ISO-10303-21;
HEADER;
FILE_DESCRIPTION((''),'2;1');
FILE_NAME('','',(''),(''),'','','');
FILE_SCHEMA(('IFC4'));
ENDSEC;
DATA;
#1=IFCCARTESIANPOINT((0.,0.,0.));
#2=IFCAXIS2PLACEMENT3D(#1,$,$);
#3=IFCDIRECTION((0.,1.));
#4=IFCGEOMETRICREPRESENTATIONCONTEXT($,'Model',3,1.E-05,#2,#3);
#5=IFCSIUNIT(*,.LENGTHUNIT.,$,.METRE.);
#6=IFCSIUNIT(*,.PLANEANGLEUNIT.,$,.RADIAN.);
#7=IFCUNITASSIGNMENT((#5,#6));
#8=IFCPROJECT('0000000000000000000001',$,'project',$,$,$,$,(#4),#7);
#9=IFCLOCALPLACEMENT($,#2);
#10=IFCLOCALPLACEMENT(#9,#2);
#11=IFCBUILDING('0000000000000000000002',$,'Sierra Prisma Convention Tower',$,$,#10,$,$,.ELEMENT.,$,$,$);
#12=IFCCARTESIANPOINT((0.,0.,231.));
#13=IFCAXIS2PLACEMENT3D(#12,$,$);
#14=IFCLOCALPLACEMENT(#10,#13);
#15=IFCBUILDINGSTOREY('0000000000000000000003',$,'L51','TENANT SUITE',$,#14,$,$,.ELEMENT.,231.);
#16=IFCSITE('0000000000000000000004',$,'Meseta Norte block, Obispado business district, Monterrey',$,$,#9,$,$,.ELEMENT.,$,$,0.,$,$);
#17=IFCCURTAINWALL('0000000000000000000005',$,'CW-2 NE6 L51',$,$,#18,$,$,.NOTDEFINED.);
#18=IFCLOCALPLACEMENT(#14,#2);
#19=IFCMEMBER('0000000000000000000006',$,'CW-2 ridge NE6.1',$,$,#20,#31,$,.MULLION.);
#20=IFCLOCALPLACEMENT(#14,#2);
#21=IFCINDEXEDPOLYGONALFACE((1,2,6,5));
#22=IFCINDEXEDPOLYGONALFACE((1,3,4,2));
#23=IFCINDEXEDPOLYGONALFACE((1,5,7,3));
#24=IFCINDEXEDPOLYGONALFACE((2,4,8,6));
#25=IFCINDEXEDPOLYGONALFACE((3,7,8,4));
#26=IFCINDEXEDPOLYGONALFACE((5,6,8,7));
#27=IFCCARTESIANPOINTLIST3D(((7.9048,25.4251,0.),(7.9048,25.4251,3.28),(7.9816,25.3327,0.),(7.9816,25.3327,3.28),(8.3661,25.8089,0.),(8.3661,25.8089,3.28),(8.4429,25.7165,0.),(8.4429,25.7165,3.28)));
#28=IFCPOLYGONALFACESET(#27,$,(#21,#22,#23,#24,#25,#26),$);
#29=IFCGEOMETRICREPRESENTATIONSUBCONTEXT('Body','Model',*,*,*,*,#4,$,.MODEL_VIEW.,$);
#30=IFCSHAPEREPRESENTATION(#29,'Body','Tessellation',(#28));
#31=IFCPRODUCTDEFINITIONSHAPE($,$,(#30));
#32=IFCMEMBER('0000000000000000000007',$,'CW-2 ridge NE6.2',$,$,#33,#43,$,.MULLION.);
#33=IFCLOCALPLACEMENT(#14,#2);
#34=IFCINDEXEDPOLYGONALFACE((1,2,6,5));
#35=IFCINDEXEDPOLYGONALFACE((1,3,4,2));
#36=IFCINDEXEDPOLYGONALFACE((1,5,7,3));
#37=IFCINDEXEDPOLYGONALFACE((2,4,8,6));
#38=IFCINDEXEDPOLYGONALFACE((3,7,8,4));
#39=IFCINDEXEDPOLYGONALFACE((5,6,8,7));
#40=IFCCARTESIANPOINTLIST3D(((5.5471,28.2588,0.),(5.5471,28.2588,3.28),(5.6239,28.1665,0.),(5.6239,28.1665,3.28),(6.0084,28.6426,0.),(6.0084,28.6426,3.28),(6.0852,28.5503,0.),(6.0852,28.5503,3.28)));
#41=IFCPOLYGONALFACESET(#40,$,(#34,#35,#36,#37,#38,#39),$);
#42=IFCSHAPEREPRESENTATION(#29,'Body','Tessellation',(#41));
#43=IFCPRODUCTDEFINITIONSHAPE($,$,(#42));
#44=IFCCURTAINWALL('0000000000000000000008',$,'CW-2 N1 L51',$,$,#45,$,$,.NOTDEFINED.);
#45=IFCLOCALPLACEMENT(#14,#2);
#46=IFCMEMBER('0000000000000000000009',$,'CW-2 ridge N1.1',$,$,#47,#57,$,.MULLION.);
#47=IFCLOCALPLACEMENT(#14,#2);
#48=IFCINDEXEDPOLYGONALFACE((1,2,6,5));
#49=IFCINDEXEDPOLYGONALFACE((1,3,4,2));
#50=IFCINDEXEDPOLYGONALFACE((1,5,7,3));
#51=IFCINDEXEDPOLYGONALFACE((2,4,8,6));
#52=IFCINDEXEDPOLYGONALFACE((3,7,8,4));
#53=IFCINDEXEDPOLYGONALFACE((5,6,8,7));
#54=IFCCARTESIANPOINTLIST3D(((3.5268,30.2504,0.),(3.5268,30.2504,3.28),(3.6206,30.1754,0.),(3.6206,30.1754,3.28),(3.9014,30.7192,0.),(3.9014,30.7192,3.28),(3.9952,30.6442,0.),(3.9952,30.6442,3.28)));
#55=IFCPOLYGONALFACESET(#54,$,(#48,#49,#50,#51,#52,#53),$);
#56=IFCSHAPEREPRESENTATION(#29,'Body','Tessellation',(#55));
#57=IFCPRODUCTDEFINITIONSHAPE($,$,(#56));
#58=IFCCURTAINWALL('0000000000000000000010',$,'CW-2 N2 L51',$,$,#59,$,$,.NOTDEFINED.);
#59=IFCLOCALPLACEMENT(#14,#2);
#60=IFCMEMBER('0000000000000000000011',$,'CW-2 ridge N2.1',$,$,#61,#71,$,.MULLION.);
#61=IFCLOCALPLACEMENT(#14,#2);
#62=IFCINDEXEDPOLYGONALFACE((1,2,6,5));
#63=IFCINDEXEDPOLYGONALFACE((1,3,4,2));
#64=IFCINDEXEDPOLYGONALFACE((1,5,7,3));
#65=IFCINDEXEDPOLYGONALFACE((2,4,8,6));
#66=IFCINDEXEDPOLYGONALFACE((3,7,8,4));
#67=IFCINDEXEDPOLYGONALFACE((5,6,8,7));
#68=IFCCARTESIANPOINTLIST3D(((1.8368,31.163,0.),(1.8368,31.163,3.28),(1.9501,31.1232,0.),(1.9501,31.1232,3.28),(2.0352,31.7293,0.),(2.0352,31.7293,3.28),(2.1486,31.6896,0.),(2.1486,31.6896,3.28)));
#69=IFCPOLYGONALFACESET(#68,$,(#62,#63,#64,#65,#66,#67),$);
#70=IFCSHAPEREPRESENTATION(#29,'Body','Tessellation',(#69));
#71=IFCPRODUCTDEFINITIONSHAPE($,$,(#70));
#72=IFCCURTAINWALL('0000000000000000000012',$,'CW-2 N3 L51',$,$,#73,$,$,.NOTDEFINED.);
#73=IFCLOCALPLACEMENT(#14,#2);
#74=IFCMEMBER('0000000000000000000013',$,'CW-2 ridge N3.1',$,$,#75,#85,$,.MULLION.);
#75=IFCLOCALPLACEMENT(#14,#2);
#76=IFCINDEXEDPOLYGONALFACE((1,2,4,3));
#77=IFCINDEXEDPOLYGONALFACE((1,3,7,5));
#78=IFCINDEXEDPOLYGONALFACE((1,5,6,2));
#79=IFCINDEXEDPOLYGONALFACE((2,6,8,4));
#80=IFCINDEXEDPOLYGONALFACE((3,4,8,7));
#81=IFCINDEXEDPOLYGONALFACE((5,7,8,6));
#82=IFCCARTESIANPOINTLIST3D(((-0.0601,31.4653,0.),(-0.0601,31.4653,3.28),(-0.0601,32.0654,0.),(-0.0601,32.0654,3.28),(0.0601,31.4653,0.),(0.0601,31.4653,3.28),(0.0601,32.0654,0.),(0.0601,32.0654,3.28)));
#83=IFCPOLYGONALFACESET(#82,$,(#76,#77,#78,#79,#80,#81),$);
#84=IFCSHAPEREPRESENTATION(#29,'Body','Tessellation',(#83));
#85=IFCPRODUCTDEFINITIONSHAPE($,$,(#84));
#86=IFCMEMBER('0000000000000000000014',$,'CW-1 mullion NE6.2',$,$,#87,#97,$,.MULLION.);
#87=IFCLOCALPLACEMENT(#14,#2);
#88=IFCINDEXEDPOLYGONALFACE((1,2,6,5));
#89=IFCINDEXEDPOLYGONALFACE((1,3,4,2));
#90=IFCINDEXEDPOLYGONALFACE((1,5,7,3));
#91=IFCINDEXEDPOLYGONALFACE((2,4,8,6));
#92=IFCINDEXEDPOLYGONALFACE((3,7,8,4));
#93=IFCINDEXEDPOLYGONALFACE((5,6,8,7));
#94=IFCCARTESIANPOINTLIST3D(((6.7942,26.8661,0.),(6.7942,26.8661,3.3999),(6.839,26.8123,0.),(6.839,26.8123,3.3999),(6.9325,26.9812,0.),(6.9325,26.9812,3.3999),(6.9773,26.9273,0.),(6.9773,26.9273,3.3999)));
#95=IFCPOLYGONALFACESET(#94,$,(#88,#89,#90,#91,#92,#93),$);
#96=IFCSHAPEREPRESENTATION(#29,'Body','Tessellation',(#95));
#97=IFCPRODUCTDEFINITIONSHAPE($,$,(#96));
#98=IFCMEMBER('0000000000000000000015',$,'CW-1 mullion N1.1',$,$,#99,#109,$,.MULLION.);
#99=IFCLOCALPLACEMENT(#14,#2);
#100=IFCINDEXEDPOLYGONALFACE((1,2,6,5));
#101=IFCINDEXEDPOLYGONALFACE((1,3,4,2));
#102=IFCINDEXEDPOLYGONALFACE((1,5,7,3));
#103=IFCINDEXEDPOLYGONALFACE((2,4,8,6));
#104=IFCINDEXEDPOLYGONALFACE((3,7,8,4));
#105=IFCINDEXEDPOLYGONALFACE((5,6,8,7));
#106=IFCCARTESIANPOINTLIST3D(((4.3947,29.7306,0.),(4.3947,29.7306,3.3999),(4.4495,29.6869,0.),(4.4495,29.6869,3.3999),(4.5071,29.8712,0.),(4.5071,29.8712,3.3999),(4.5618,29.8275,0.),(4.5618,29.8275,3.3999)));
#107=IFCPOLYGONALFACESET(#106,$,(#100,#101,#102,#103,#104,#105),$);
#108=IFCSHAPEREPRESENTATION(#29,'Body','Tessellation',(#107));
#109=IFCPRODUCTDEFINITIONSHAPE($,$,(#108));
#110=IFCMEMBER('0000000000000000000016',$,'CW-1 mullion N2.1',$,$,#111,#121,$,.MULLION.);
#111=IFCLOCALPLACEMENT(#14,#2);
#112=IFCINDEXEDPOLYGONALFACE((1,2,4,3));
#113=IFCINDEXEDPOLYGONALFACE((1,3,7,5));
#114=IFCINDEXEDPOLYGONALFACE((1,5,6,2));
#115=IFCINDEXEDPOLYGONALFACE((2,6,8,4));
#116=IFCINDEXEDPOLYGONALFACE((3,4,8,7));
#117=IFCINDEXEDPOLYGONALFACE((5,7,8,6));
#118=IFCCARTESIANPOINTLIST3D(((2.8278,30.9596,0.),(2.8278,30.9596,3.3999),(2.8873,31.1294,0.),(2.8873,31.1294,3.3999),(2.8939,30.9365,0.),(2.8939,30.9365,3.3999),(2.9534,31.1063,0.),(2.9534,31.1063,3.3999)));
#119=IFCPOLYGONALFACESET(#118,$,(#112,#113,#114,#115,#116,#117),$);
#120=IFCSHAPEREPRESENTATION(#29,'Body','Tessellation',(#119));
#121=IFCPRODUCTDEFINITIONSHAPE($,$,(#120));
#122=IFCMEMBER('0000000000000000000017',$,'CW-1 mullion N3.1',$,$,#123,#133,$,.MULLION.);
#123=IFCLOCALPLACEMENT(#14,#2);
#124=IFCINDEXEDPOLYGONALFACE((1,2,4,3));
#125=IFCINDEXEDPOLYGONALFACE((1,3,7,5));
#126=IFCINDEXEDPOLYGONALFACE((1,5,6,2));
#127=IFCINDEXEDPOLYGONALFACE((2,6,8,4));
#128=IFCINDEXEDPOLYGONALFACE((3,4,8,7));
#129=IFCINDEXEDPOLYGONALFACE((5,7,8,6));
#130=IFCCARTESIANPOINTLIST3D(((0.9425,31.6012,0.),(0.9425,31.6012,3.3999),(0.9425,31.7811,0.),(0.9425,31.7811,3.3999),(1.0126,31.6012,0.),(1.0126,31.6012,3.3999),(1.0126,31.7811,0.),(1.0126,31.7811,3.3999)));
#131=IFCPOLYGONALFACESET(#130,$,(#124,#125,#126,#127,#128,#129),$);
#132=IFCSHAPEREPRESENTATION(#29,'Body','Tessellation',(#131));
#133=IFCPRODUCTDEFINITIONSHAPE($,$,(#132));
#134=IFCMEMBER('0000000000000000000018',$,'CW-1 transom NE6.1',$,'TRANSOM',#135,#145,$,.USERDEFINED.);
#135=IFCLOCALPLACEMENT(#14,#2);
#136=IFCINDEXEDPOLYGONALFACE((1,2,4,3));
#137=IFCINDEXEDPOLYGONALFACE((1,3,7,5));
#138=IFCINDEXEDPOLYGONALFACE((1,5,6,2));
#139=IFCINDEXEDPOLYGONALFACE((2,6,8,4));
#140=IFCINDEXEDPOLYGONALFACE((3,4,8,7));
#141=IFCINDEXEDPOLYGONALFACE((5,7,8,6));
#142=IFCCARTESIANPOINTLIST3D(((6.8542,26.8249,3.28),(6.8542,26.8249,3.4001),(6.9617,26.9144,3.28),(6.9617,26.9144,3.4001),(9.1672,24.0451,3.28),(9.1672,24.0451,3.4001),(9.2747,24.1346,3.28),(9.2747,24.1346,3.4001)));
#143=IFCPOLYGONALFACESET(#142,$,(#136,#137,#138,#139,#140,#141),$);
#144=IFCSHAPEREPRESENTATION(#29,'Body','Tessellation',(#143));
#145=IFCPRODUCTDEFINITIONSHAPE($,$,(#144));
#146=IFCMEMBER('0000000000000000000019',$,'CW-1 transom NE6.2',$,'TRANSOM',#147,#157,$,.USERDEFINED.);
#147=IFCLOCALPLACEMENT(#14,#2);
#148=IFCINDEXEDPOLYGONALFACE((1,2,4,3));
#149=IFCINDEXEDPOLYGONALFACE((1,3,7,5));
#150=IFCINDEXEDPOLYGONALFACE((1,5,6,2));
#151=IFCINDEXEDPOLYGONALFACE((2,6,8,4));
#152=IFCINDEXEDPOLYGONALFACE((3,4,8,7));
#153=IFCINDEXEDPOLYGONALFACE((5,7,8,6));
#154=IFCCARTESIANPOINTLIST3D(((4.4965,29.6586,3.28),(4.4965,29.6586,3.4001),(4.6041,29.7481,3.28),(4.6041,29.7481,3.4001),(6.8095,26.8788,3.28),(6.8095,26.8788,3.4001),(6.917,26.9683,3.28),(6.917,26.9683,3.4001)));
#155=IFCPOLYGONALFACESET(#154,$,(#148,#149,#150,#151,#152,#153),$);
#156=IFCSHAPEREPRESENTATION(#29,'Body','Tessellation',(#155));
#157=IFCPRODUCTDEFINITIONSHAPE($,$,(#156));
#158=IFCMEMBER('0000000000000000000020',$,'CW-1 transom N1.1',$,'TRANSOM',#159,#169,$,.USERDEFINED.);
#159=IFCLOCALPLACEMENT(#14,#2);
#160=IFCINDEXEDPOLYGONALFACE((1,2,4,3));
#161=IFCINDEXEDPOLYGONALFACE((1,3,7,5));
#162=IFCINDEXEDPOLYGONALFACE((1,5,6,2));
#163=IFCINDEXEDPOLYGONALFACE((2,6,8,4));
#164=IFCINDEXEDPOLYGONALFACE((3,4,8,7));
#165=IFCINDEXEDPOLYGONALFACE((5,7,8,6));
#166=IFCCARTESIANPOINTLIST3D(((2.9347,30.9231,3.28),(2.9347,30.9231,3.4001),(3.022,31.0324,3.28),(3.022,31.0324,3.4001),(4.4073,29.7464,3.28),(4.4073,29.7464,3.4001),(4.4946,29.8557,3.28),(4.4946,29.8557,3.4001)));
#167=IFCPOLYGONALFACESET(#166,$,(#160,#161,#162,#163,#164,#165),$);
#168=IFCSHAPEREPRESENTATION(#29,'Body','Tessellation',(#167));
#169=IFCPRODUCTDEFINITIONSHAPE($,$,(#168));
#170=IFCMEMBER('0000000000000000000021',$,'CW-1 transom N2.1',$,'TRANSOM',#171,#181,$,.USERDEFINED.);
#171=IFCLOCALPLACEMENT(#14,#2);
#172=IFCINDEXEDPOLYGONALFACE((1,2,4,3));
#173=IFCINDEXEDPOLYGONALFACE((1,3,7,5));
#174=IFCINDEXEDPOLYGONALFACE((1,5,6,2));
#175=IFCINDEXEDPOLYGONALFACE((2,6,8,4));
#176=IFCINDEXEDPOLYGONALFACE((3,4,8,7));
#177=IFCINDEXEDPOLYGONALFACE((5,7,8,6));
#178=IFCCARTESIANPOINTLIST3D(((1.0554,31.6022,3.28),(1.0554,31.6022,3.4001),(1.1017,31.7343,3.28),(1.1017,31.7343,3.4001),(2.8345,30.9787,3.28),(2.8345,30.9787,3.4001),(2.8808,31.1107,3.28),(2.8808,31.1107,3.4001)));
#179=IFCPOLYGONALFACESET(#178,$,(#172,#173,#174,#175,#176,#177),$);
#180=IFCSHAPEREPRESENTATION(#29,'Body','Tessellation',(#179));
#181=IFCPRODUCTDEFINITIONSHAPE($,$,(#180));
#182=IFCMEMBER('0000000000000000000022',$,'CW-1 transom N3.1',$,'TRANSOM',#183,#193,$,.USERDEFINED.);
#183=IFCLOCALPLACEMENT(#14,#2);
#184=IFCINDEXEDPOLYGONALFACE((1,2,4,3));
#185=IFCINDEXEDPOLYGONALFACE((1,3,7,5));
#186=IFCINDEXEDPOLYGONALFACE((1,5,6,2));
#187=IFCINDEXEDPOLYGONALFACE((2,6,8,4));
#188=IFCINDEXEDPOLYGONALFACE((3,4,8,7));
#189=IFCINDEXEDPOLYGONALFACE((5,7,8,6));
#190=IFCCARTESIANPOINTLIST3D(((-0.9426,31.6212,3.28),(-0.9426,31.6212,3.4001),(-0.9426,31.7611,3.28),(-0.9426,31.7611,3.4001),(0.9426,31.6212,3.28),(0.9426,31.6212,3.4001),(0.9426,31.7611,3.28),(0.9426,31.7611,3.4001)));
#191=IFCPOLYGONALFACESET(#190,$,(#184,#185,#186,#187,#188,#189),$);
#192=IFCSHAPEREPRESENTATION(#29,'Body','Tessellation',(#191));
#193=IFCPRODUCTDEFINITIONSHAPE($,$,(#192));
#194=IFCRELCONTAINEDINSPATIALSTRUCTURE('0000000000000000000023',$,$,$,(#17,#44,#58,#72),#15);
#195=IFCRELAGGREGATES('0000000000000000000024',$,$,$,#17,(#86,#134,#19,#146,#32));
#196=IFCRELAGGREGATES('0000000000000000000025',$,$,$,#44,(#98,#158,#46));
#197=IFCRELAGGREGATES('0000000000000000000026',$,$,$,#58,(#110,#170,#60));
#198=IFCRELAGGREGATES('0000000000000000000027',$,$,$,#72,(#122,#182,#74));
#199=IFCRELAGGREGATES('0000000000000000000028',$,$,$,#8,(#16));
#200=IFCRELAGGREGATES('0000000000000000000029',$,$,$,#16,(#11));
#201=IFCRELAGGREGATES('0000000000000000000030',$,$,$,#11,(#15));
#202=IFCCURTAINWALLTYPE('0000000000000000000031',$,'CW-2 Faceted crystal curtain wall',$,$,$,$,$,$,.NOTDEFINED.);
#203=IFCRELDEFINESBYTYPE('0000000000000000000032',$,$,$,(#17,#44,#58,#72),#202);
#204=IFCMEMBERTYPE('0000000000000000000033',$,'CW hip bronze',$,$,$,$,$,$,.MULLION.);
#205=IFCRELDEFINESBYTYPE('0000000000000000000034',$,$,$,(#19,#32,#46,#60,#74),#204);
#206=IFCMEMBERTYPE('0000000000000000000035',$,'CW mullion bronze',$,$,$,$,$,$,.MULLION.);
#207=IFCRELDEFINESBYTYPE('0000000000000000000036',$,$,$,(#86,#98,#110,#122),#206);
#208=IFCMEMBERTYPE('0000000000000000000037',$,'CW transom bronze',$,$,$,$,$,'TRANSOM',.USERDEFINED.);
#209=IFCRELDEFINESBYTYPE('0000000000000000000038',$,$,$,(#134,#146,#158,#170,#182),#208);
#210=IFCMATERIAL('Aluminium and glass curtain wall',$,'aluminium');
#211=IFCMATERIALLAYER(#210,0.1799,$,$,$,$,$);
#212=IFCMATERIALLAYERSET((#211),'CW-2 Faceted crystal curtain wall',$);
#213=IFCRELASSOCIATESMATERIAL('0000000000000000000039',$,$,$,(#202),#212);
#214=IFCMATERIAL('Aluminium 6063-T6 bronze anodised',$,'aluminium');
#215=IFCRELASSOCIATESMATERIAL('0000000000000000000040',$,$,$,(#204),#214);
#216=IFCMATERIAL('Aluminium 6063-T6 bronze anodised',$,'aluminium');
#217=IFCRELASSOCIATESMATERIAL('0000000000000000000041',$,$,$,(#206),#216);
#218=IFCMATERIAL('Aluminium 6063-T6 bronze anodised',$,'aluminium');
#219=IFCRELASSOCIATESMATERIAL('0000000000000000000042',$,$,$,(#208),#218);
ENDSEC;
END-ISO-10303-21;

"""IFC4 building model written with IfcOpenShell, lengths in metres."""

from ifc_helpers import new_model, si_unit, direction, frame, origin, origin_2d, place, context, subcontext, project, spatial, rectangle, extrude, material, layer, layer_set, material_profile, profile_set, type_object, element, aggregate, save


model = new_model("IFC4")

# Units and contexts
model_context = context("Model", 3, precision=1e-05, world=origin(), true_north=direction((0.0, 1.0)))
body_context = subcontext(model_context, "Body", "Model", "MODEL_VIEW")
ifc_project = project(units=[si_unit("LENGTHUNIT", "METRE"), si_unit("PLANEANGLEUNIT", "RADIAN")], contexts=[model_context])

# Site, building, storey
site_placement = place(None, origin())
site = spatial("IfcSite", under=ifc_project, at=site_placement, Name="Meseta Norte block, Obispado business district, Monterrey", CompositionType="ELEMENT", RefElevation=0.0)
building_placement = place(site_placement, origin())
building = spatial("IfcBuilding", under=site, at=building_placement, Name="Sierra Prisma Convention Tower", CompositionType="ELEMENT")
storey_placement = place(building_placement, frame((0.0, 0.0, 231.0)))
storey = spatial("IfcBuildingStorey", under=building, at=storey_placement, Name="L51", Description="TENANT SUITE", CompositionType="ELEMENT", Elevation=231.0)

# Curtain wall, members
ifc_material_1 = material(Name="Aluminium and glass curtain wall", Category="aluminium")
ifc_layer_1 = layer(ifc_material_1, 0.1799)
ifc_layer_set_1 = layer_set([ifc_layer_1], Name="CW-2 Faceted crystal curtain wall")
curtain_wall_type = type_object("IfcCurtainWallType", Name="CW-2 Faceted crystal curtain wall", PredefinedType="NOTDEFINED", material=ifc_layer_set_1)
curtain_wall_1_placement = place(storey_placement, origin())
curtain_wall_1 = element("IfcCurtainWall", 1, at=curtain_wall_1_placement, inside=storey, type_object=curtain_wall_type, Name="CW-2 NE6 L51", PredefinedType="NOTDEFINED")
ifc_material_2 = material(Name="Aluminium 6063-T6 bronze anodised", Category="aluminium")
ifc_material_profile_1 = material_profile(ifc_material_2, rectangle(XDim=0.1201, YDim=0.6001, at=origin_2d()), Name="ALU RIDGE BLADE 120x600")
ifc_profile_set_1 = profile_set([ifc_material_profile_1], Name="Aluminium 6063-T6 bronze anodised")
member_type_1 = type_object("IfcMemberType", Name="CW hip bronze", PredefinedType="MULLION", material=ifc_profile_set_1)
member_1_placement = place(storey_placement, frame((8.1738, 25.5708, 0.0), z_axis=(0.0, 0.0, 1.0), x_axis=(-0.639585, 0.76872, 0.0)))
member_1 = element("IfcMember", 2, at=member_1_placement, type_object=member_type_1, Name="CW-2 ridge NE6.1", PredefinedType="MULLION", context=body_context, shape_type="SweptSolid", body=[
    extrude(rectangle(XDim=0.1201, YDim=0.6001, at=origin_2d()), origin(), (0.0, 0.0, 1.0), 3.28),
])
member_2_placement = place(storey_placement, frame((5.8162, 28.4045, 0.0), z_axis=(0.0, 0.0, 1.0), x_axis=(-0.639585, 0.76872, 0.0)))
member_2 = element("IfcMember", 3, at=member_2_placement, type_object=member_type_1, Name="CW-2 ridge NE6.2", PredefinedType="MULLION", context=body_context, shape_type="SweptSolid", body=[
    extrude(rectangle(XDim=0.1201, YDim=0.6001, at=origin_2d()), origin(), (0.0, 0.0, 1.0), 3.28),
])

# Curtain walls, members
curtain_wall_2_placement = place(storey_placement, origin())
curtain_wall_2 = element("IfcCurtainWall", 4, at=curtain_wall_2_placement, inside=storey, type_object=curtain_wall_type, Name="CW-2 N1 L51", PredefinedType="NOTDEFINED")
member_3_placement = place(storey_placement, frame((3.761, 30.4473, 0.0), z_axis=(0.0, 0.0, 1.0), x_axis=(-0.781199, 0.624283, 0.0)))
member_3 = element("IfcMember", 5, at=member_3_placement, type_object=member_type_1, Name="CW-2 ridge N1.1", PredefinedType="MULLION", context=body_context, shape_type="SweptSolid", body=[
    extrude(rectangle(XDim=0.1201, YDim=0.6001, at=origin_2d()), origin(), (0.0, 0.0, 1.0), 3.28),
])
curtain_wall_3_placement = place(storey_placement, origin())
curtain_wall_3 = element("IfcCurtainWall", 6, at=curtain_wall_3_placement, inside=storey, type_object=curtain_wall_type, Name="CW-2 N2 L51", PredefinedType="NOTDEFINED")
member_4_placement = place(storey_placement, frame((1.9927, 31.4263, 0.0), z_axis=(0.0, 0.0, 1.0), x_axis=(-0.943716, 0.330758, 0.0)))
member_4 = element("IfcMember", 7, at=member_4_placement, type_object=member_type_1, Name="CW-2 ridge N2.1", PredefinedType="MULLION", context=body_context, shape_type="SweptSolid", body=[
    extrude(rectangle(XDim=0.1201, YDim=0.6001, at=origin_2d()), origin(), (0.0, 0.0, 1.0), 3.28),
])
curtain_wall_4_placement = place(storey_placement, origin())
curtain_wall_4 = element("IfcCurtainWall", 8, at=curtain_wall_4_placement, inside=storey, type_object=curtain_wall_type, Name="CW-2 N3 L51", PredefinedType="NOTDEFINED")
member_5_placement = place(storey_placement, frame((0.0, 31.7654, 0.0), z_axis=(0.0, 0.0, 1.0), x_axis=(-1.0, 0.0, 0.0)))
member_5 = element("IfcMember", 9, at=member_5_placement, type_object=member_type_1, Name="CW-2 ridge N3.1", PredefinedType="MULLION", context=body_context, shape_type="SweptSolid", body=[
    extrude(rectangle(XDim=0.1201, YDim=0.6001, at=origin_2d()), origin(), (0.0, 0.0, 1.0), 3.28),
])

# Members
ifc_material_3 = material(Name="Aluminium 6063-T6 bronze anodised", Category="aluminium")
ifc_material_profile_2 = material_profile(ifc_material_3, rectangle(XDim=0.1799, YDim=0.0701, at=origin_2d()), Name="ALU MULLION 70x180")
ifc_profile_set_2 = profile_set([ifc_material_profile_2], Name="Aluminium 6063-T6 bronze anodised")
member_type_2 = type_object("IfcMemberType", Name="CW mullion bronze", PredefinedType="MULLION", material=ifc_profile_set_2)
member_6_placement = place(storey_placement, frame((6.8857, 26.8967, 0.0), z_axis=(0.0, 0.0, 1.0), x_axis=(-0.76872, -0.639585, 0.0)))
member_6 = element("IfcMember", 10, at=member_6_placement, type_object=member_type_2, Name="CW-1 mullion NE6.2", PredefinedType="MULLION", context=body_context, shape_type="SweptSolid", body=[
    extrude(rectangle(XDim=0.1799, YDim=0.0701, at=origin_2d()), origin(), (0.0, 0.0, 1.0), 3.3999),
])
member_7_placement = place(storey_placement, frame((4.4783, 29.7791, 0.0), z_axis=(0.0, 0.0, 1.0), x_axis=(-0.624283, -0.781199, 0.0)))
member_7 = element("IfcMember", 11, at=member_7_placement, type_object=member_type_2, Name="CW-1 mullion N1.1", PredefinedType="MULLION", context=body_context, shape_type="SweptSolid", body=[
    extrude(rectangle(XDim=0.1799, YDim=0.0701, at=origin_2d()), origin(), (0.0, 0.0, 1.0), 3.3999),
])
member_8_placement = place(storey_placement, frame((2.8906, 31.033, 0.0), z_axis=(0.0, 0.0, 1.0), x_axis=(-0.330758, -0.943716, 0.0)))
member_8 = element("IfcMember", 12, at=member_8_placement, type_object=member_type_2, Name="CW-1 mullion N2.1", PredefinedType="MULLION", context=body_context, shape_type="SweptSolid", body=[
    extrude(rectangle(XDim=0.1799, YDim=0.0701, at=origin_2d()), origin(), (0.0, 0.0, 1.0), 3.3999),
])
member_9_placement = place(storey_placement, frame((0.9775, 31.6912, 0.0), z_axis=(0.0, 0.0, 1.0), x_axis=(0.0, -1.0, 0.0)))
member_9 = element("IfcMember", 13, at=member_9_placement, type_object=member_type_2, Name="CW-1 mullion N3.1", PredefinedType="MULLION", context=body_context, shape_type="SweptSolid", body=[
    extrude(rectangle(XDim=0.1799, YDim=0.0701, at=origin_2d()), origin(), (0.0, 0.0, 1.0), 3.3999),
])
ifc_material_4 = material(Name="Aluminium 6063-T6 bronze anodised", Category="aluminium")
ifc_material_profile_3 = material_profile(ifc_material_4, rectangle(XDim=0.1399, YDim=0.1201, at=origin_2d()), Name="ALU TRANSOM 120x140")
ifc_profile_set_3 = profile_set([ifc_material_profile_3], Name="Aluminium 6063-T6 bronze anodised")
member_type_3 = type_object("IfcMemberType", Name="CW transom bronze", ElementType="TRANSOM", PredefinedType="USERDEFINED", material=ifc_profile_set_3)
member_10_placement = place(storey_placement, frame((9.2209, 24.0898, 3.3401), z_axis=(-0.639613, 0.768697, 0.0), x_axis=(-0.768697, -0.639613, 0.0)))
member_10 = element("IfcMember", 14, at=member_10_placement, type_object=member_type_3, Name="CW-1 transom NE6.1", ObjectType="TRANSOM", PredefinedType="USERDEFINED", context=body_context, shape_type="SweptSolid", body=[
    extrude(rectangle(XDim=0.1399, YDim=0.1201, at=origin_2d()), origin(), (0.0, 0.0, 1.0), 3.6162),
])
member_11_placement = place(storey_placement, frame((6.8633, 26.9236, 3.3401), z_axis=(-0.639613, 0.768697, 0.0), x_axis=(-0.768697, -0.639613, 0.0)))
member_11 = element("IfcMember", 15, at=member_11_placement, type_object=member_type_3, Name="CW-1 transom NE6.2", ObjectType="TRANSOM", PredefinedType="USERDEFINED", context=body_context, shape_type="SweptSolid", body=[
    extrude(rectangle(XDim=0.1399, YDim=0.1201, at=origin_2d()), origin(), (0.0, 0.0, 1.0), 3.6162),
])
member_12_placement = place(storey_placement, frame((4.4509, 29.801, 3.3401), z_axis=(-0.781222, 0.624253, 0.0), x_axis=(-0.624253, -0.781222, 0.0)))
member_12 = element("IfcMember", 16, at=member_12_placement, type_object=member_type_3, Name="CW-1 transom N1.1", ObjectType="TRANSOM", PredefinedType="USERDEFINED", context=body_context, shape_type="SweptSolid", body=[
    extrude(rectangle(XDim=0.1399, YDim=0.1201, at=origin_2d()), origin(), (0.0, 0.0, 1.0), 1.885),
])
member_13_placement = place(storey_placement, frame((2.8577, 31.0447, 3.3401), z_axis=(-0.943715, 0.33076, 0.0), x_axis=(-0.33076, -0.943715, 0.0)))
member_13 = element("IfcMember", 17, at=member_13_placement, type_object=member_type_3, Name="CW-1 transom N2.1", ObjectType="TRANSOM", PredefinedType="USERDEFINED", context=body_context, shape_type="SweptSolid", body=[
    extrude(rectangle(XDim=0.1399, YDim=0.1201, at=origin_2d()), origin(), (0.0, 0.0, 1.0), 1.8853),
])
member_14_placement = place(storey_placement, frame((0.9426, 31.6912, 3.3401), z_axis=(-1.0, 0.0, 0.0), x_axis=(0.0, -1.0, 0.0)))
member_14 = element("IfcMember", 18, at=member_14_placement, type_object=member_type_3, Name="CW-1 transom N3.1", ObjectType="TRANSOM", PredefinedType="USERDEFINED", context=body_context, shape_type="SweptSolid", body=[
    extrude(rectangle(XDim=0.1399, YDim=0.1201, at=origin_2d()), origin(), (0.0, 0.0, 1.0), 1.8853),
])

aggregate(curtain_wall_1, [member_6, member_10, member_1, member_11, member_2])
aggregate(curtain_wall_2, [member_7, member_12, member_3])
aggregate(curtain_wall_3, [member_8, member_13, member_4])
aggregate(curtain_wall_4, [member_9, member_14, member_5])

save(model, "model.ifc")
